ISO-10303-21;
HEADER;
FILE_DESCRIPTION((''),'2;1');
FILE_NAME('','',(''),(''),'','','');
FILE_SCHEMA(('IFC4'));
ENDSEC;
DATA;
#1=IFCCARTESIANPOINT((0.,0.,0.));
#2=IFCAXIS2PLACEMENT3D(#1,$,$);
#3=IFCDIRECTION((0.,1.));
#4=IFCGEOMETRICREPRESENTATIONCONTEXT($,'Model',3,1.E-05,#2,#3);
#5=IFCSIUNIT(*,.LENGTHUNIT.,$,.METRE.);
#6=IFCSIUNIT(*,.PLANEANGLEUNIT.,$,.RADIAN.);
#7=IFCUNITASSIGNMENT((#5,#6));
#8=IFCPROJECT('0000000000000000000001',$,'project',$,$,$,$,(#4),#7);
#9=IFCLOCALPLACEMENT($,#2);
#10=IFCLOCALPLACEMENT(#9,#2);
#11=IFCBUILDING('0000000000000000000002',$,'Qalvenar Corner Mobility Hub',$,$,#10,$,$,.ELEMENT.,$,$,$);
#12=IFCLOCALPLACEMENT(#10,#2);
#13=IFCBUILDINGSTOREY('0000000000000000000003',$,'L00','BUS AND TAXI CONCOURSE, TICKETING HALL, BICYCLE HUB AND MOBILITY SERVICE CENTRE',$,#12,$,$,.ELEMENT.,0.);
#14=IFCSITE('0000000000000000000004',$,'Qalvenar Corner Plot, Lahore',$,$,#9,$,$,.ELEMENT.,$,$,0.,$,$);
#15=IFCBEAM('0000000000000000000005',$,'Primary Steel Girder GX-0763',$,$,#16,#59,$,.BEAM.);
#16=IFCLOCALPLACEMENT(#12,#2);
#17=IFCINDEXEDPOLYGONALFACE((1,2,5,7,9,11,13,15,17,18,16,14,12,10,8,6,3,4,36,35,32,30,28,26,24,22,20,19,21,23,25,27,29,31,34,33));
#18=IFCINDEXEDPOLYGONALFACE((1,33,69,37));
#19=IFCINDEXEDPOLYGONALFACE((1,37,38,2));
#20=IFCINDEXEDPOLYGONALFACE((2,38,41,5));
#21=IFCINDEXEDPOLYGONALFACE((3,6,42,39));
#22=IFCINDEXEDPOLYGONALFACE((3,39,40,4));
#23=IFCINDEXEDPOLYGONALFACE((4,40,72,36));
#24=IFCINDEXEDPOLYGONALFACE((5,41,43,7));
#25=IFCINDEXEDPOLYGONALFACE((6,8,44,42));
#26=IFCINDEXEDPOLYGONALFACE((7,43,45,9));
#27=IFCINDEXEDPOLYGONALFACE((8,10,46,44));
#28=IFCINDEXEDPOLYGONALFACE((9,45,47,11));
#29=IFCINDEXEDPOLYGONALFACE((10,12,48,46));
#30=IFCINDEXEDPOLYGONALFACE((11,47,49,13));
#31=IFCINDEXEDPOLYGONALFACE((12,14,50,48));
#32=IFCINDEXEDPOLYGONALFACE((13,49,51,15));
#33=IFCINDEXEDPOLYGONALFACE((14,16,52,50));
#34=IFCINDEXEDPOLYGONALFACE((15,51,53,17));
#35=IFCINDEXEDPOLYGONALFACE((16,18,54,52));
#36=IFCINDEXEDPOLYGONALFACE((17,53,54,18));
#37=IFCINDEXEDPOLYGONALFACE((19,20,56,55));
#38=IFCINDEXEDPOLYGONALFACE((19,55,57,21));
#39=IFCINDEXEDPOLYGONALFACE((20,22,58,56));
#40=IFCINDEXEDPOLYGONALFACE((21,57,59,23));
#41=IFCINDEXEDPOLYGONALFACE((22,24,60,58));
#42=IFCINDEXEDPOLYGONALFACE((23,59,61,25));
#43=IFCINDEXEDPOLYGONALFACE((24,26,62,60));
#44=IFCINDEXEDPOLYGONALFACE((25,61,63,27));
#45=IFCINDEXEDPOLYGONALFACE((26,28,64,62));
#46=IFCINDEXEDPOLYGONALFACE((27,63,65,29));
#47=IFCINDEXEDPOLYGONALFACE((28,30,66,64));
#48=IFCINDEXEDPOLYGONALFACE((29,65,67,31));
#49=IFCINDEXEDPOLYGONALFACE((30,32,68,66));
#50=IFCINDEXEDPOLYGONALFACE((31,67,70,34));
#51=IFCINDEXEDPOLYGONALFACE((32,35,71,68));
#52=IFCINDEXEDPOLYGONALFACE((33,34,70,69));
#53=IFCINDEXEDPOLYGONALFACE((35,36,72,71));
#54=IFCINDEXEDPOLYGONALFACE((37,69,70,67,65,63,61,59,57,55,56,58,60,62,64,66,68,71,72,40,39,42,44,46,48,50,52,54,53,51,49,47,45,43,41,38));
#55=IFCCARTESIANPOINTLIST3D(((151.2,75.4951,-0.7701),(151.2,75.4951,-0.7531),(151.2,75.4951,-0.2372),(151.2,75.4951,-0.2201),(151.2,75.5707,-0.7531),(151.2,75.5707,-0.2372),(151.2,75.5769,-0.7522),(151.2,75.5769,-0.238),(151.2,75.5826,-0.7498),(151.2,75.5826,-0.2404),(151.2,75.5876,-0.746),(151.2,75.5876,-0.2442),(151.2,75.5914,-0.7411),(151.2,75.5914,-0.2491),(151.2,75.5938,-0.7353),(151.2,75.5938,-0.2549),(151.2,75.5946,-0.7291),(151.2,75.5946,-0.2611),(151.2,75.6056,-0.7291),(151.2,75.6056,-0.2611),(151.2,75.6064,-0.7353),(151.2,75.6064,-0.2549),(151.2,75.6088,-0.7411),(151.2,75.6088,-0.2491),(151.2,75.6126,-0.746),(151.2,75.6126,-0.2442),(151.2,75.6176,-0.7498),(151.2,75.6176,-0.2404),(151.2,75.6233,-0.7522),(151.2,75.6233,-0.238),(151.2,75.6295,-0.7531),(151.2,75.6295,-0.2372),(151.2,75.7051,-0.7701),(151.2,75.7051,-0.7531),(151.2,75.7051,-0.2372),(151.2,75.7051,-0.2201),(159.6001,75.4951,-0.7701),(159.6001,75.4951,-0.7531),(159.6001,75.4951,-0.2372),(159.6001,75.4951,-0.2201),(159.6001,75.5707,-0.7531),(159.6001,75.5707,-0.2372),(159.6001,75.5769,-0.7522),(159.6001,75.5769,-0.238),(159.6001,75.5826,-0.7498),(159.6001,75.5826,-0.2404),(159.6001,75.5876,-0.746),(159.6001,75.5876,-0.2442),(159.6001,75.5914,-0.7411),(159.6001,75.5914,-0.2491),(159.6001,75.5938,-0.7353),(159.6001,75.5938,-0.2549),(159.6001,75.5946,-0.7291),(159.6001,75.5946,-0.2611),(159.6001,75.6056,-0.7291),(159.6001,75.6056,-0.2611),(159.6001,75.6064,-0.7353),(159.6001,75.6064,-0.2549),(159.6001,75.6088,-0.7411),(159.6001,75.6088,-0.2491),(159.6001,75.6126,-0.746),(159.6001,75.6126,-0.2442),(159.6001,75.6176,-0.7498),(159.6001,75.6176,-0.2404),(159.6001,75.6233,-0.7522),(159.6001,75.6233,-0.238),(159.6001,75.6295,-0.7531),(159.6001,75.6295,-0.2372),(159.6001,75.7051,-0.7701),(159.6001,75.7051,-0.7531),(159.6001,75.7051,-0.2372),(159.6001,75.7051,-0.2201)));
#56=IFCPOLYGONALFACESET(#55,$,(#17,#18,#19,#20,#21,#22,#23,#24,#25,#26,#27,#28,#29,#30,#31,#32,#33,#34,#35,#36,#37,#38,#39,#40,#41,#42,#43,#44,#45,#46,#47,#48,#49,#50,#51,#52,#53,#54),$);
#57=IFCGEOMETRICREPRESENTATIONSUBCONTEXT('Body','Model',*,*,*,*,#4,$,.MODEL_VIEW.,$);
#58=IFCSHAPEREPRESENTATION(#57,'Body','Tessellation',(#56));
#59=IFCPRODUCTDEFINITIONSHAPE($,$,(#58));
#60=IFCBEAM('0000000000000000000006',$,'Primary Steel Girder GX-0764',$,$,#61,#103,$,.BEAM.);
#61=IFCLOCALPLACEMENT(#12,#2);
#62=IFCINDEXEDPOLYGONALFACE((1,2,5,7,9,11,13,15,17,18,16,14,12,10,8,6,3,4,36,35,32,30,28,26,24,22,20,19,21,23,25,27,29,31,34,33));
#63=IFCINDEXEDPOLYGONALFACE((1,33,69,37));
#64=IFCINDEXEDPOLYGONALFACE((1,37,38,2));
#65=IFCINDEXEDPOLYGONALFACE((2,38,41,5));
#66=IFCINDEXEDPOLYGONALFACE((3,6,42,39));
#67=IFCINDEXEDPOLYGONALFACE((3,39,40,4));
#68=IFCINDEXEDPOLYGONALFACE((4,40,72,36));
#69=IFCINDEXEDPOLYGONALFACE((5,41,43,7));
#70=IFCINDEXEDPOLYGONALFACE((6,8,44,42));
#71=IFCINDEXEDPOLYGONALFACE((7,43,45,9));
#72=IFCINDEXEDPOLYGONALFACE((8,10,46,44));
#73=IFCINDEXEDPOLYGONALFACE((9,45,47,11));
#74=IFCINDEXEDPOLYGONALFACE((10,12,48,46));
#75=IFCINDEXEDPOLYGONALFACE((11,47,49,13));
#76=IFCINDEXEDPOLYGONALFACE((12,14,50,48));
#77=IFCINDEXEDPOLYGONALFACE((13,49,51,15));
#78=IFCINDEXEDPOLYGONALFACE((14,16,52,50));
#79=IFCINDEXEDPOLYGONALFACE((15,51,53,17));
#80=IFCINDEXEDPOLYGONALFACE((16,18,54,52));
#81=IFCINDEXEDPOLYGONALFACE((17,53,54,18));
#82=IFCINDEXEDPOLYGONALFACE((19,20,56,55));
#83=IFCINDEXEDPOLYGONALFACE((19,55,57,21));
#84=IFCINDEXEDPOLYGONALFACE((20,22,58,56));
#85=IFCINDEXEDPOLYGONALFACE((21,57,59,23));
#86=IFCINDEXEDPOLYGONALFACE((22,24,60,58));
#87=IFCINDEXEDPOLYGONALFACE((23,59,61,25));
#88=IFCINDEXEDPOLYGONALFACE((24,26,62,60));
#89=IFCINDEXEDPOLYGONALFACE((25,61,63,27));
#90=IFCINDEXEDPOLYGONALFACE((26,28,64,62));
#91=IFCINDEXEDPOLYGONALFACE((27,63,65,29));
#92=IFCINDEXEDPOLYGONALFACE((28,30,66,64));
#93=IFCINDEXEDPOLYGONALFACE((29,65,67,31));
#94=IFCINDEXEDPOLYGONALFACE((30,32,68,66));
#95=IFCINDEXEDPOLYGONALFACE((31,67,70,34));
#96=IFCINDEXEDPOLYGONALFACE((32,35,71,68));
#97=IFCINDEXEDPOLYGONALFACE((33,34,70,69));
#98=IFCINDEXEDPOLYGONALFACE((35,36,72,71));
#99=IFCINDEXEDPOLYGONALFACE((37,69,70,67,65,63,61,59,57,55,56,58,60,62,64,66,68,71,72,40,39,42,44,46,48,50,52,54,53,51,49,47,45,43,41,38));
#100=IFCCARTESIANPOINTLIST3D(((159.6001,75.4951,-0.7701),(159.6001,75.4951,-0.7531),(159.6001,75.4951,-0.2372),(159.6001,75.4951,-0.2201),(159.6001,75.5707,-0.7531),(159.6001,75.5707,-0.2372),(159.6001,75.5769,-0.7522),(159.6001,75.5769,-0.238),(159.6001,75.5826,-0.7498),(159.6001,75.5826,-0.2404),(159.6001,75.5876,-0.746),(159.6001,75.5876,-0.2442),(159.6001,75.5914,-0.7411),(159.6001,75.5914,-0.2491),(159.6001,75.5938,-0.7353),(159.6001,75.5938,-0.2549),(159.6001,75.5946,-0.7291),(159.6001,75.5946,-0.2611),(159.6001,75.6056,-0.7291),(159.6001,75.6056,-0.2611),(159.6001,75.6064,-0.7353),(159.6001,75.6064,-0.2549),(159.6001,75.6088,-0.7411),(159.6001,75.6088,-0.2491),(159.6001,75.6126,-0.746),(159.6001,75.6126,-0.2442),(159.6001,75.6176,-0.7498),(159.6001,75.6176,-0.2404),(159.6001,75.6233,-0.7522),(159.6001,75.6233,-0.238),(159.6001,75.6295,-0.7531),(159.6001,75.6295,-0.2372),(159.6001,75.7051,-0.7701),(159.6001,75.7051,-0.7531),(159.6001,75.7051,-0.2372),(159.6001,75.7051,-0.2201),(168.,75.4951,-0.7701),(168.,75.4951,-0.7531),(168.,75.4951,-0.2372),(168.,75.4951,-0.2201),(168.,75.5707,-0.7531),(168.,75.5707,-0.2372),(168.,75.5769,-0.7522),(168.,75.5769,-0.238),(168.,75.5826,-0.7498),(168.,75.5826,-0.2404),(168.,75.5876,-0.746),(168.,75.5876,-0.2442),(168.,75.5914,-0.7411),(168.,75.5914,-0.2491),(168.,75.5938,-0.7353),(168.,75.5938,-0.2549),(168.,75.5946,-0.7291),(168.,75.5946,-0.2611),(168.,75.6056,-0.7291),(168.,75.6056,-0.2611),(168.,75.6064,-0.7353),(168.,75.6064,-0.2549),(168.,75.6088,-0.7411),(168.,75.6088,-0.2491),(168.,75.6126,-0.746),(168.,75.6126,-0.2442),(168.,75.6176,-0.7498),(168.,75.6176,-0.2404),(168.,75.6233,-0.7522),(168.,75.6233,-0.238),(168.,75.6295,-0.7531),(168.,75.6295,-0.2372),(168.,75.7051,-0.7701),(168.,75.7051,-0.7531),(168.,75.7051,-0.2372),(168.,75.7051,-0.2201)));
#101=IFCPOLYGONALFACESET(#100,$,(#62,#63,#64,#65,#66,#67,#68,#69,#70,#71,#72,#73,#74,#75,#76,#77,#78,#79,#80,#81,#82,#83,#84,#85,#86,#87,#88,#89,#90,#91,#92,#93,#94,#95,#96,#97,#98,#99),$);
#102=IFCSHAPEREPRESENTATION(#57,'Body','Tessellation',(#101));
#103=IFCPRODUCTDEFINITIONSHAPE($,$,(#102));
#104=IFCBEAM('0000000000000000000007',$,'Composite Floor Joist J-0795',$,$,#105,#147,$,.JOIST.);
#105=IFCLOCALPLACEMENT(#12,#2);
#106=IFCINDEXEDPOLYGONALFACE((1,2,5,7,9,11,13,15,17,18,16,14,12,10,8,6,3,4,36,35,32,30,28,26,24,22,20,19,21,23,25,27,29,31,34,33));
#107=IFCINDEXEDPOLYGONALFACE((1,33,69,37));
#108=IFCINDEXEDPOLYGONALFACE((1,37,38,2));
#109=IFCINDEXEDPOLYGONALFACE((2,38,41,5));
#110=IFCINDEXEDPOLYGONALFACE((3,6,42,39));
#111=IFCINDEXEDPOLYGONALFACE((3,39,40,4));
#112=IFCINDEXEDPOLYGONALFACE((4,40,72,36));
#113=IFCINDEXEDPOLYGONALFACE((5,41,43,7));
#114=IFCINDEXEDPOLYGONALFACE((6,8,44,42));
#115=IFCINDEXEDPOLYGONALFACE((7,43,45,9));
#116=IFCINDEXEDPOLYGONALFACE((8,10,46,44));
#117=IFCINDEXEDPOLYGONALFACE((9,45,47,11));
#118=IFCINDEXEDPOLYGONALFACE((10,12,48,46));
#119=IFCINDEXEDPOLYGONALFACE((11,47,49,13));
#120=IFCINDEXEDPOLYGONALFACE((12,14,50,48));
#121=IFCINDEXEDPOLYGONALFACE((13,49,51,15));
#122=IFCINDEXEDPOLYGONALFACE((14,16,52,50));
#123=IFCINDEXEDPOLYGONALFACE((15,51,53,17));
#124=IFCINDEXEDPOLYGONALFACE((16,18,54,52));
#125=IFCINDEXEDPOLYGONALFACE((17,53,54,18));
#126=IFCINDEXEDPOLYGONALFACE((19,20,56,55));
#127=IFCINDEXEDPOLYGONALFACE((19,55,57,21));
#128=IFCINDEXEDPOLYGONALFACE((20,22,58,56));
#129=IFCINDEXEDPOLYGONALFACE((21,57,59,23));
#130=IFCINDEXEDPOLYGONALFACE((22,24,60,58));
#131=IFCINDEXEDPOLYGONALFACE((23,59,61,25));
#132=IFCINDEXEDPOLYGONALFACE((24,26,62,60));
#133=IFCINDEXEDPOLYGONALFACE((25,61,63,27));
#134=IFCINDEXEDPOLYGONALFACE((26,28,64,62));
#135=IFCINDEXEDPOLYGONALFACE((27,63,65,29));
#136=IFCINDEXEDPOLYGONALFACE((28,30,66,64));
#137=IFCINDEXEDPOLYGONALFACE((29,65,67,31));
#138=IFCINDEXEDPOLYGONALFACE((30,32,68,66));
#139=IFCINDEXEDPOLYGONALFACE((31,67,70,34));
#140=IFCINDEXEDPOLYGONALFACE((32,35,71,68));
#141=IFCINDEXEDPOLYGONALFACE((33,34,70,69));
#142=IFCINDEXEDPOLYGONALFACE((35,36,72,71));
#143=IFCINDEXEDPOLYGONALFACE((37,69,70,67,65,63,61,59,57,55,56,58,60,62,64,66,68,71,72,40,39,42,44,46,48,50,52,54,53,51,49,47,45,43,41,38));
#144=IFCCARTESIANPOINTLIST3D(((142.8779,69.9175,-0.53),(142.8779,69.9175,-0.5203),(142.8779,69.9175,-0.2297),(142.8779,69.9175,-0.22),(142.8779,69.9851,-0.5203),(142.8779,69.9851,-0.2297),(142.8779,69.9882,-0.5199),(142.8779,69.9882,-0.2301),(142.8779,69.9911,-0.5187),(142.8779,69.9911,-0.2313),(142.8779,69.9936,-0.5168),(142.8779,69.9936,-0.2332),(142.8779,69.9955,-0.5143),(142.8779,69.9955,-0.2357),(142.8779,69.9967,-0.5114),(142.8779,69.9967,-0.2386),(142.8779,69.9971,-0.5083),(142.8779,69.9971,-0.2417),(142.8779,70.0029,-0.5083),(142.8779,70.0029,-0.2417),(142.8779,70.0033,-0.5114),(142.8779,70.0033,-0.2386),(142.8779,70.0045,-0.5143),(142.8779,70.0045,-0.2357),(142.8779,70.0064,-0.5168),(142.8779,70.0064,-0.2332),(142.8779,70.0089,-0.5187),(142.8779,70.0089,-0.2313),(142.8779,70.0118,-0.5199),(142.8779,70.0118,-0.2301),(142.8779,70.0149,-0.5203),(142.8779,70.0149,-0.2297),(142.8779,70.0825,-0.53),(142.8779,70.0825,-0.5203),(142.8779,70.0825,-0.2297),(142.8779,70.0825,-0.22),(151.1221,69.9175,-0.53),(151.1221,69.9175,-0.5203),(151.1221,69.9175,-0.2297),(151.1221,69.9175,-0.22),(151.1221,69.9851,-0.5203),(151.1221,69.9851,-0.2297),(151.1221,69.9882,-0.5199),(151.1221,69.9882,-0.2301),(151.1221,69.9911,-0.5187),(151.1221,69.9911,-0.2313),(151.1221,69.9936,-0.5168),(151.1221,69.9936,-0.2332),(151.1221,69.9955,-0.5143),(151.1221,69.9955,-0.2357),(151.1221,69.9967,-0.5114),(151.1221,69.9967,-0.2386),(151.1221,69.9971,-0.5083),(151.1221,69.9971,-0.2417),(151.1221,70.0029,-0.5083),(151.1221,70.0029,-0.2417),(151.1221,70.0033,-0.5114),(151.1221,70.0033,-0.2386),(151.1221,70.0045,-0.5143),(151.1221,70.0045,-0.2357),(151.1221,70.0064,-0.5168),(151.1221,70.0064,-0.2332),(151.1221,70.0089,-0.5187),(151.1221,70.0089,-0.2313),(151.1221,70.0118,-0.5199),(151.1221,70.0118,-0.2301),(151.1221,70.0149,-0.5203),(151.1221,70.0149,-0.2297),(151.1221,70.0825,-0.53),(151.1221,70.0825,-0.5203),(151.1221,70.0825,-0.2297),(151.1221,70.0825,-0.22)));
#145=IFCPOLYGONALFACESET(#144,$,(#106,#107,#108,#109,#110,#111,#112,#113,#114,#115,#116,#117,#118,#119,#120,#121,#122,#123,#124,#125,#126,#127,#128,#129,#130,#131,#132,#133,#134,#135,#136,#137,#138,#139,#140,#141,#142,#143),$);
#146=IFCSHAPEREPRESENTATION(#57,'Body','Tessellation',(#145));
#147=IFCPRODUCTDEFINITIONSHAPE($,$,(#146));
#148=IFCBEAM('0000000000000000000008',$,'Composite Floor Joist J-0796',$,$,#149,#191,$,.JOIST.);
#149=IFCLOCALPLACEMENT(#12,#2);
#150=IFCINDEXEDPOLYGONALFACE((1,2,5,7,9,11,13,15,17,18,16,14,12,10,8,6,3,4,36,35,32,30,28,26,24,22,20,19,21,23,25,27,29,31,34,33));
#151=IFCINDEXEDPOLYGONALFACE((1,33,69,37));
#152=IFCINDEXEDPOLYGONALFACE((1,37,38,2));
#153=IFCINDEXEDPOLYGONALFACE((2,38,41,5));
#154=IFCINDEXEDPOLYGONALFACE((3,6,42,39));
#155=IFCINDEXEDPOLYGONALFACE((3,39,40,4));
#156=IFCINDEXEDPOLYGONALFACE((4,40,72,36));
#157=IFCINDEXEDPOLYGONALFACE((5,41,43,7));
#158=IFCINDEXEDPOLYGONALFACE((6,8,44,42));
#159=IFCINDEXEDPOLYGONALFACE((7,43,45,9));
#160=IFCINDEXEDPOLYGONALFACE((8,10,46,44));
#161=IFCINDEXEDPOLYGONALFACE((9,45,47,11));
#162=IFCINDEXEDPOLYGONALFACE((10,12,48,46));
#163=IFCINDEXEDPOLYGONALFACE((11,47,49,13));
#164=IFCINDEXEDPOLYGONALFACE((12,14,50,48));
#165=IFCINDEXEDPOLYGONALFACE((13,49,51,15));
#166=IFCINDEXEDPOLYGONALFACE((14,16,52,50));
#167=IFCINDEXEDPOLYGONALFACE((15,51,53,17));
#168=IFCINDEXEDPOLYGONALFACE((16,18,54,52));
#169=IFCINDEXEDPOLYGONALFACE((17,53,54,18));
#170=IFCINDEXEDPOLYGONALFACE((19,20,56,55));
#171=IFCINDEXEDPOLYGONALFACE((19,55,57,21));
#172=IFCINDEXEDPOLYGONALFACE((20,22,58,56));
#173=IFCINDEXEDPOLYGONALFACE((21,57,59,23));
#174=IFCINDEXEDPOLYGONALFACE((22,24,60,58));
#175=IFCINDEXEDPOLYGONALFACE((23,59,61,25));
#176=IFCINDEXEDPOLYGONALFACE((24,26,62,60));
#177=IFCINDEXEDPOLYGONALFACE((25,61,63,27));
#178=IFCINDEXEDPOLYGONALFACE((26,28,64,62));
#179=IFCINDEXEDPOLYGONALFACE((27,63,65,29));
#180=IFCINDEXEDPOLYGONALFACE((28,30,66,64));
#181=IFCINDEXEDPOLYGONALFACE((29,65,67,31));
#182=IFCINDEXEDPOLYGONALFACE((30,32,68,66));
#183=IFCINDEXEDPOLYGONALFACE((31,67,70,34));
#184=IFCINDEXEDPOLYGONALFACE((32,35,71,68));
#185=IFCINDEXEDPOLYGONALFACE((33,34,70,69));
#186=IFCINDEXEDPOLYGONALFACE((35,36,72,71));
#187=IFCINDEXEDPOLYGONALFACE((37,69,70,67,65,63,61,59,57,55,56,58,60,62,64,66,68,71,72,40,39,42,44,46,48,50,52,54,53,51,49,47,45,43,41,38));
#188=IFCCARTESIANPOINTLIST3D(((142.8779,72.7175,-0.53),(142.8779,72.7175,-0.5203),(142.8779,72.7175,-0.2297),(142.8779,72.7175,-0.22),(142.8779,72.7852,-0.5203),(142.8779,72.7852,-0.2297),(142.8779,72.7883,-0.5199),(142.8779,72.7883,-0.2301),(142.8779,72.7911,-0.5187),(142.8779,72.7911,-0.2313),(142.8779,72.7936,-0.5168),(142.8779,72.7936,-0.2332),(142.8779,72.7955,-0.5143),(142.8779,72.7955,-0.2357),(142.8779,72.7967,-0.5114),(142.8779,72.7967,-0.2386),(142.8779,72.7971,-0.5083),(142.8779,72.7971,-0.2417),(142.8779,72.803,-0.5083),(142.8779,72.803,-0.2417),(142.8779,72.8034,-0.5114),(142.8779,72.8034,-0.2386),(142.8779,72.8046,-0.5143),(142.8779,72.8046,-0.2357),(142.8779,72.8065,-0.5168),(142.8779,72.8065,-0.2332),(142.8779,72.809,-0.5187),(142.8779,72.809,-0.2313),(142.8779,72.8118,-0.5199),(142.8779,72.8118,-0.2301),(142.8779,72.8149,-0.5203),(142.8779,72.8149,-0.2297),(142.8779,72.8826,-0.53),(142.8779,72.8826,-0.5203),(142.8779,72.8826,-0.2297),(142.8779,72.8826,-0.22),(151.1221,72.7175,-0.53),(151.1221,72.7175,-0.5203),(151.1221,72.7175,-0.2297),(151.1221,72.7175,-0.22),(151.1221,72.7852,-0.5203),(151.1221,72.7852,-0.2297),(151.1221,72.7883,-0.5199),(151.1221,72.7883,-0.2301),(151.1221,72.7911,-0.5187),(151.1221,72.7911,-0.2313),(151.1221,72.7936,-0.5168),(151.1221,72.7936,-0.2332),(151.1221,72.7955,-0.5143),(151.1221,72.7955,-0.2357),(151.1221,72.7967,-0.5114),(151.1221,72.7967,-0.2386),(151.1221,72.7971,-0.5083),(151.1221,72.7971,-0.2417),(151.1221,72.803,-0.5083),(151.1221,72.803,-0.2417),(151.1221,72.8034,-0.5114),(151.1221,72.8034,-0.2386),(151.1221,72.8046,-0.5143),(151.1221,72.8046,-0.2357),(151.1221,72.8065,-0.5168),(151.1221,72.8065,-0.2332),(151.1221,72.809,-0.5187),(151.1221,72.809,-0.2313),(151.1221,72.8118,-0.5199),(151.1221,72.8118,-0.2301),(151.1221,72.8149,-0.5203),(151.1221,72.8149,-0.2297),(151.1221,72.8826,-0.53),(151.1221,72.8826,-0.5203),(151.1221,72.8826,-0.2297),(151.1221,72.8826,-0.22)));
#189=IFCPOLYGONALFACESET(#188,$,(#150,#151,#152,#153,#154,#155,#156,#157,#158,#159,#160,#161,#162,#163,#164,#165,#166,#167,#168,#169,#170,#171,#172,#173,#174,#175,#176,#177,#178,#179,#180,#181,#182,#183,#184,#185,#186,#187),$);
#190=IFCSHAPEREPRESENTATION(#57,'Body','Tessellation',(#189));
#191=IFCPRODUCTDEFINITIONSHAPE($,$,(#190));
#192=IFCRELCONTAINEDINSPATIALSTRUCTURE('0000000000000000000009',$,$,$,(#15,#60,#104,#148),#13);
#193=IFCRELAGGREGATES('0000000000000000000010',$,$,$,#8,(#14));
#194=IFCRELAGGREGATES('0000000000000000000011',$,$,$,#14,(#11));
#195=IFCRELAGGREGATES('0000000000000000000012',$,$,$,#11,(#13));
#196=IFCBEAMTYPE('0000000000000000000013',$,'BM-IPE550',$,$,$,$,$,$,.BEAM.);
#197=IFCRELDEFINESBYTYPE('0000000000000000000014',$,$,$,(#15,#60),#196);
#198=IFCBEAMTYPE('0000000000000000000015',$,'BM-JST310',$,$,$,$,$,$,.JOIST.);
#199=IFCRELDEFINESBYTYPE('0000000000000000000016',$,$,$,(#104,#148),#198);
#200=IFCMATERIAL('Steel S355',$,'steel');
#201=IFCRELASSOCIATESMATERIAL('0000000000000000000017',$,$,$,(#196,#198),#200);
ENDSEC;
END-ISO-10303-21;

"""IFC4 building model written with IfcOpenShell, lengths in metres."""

from ifc_helpers import new_model, si_unit, direction, frame, origin, origin_2d, place, context, subcontext, project, spatial, i_section, extrude, material, material_profile, profile_set, type_object, element, save


model = new_model("IFC4")

# Units and contexts
model_context = context("Model", 3, precision=1e-05, world=origin(), true_north=direction((0.0, 1.0)))
body_context = subcontext(model_context, "Body", "Model", "MODEL_VIEW")
ifc_project = project(units=[si_unit("LENGTHUNIT", "METRE"), si_unit("PLANEANGLEUNIT", "RADIAN")], contexts=[model_context])

# Site, building, storey
site_placement = place(None, origin())
site = spatial("IfcSite", under=ifc_project, at=site_placement, Name="Qalvenar Corner Plot, Lahore", CompositionType="ELEMENT", RefElevation=0.0)
building_placement = place(site_placement, origin())
building = spatial("IfcBuilding", under=site, at=building_placement, Name="Qalvenar Corner Mobility Hub", CompositionType="ELEMENT")
storey_placement = place(building_placement, origin())
storey = spatial("IfcBuildingStorey", under=building, at=storey_placement, Name="L00", Description="BUS AND TAXI CONCOURSE, TICKETING HALL, BICYCLE HUB AND MOBILITY SERVICE CENTRE", CompositionType="ELEMENT", Elevation=0.0)

# Shared definitions
ifc_material_1 = material(Name="Steel S355", Category="steel")

# Beams
ifc_material_profile_1 = material_profile(ifc_material_1, i_section(OverallWidth=0.21, OverallDepth=0.55, WebThickness=0.011, FlangeThickness=0.0171, FilletRadius=0.0239, at=origin_2d()), Name="IPE550")
ifc_profile_set_1 = profile_set([ifc_material_profile_1], Name="Steel S355")
beam_type_1 = type_object("IfcBeamType", Name="BM-IPE550", PredefinedType="BEAM", material=ifc_profile_set_1)
beam_1_placement = place(storey_placement, frame((151.2, 75.6001, -0.4951), z_axis=(1.0, 0.0, 0.0), x_axis=(0.0, 1.0, 0.0)))
element("IfcBeam", 1, at=beam_1_placement, inside=storey, type_object=beam_type_1, Name="Primary Steel Girder GX-0763", PredefinedType="BEAM", context=body_context, shape_type="SweptSolid", body=[
    extrude(i_section(OverallWidth=0.21, OverallDepth=0.55, WebThickness=0.011, FlangeThickness=0.0171, FilletRadius=0.0239, at=origin_2d()), origin(), (0.0, 0.0, 1.0), 8.4001),
])
beam_2_placement = place(storey_placement, frame((159.6001, 75.6001, -0.4951), z_axis=(1.0, 0.0, 0.0), x_axis=(0.0, 1.0, 0.0)))
element("IfcBeam", 2, at=beam_2_placement, inside=storey, type_object=beam_type_1, Name="Primary Steel Girder GX-0764", PredefinedType="BEAM", context=body_context, shape_type="SweptSolid", body=[
    extrude(i_section(OverallWidth=0.21, OverallDepth=0.55, WebThickness=0.011, FlangeThickness=0.0171, FilletRadius=0.0239, at=origin_2d()), origin(), (0.0, 0.0, 1.0), 8.3999),
])
ifc_material_profile_2 = material_profile(ifc_material_1, i_section(OverallWidth=0.165, OverallDepth=0.3101, WebThickness=0.0059, FlangeThickness=0.0098, FilletRadius=0.012, at=origin_2d()), Name="W310x38.7")
ifc_profile_set_2 = profile_set([ifc_material_profile_2], Name="Steel S355")
beam_type_2 = type_object("IfcBeamType", Name="BM-JST310", PredefinedType="JOIST", material=ifc_profile_set_2)
for number, where, z_axis, x_axis, name in (
    (3, (142.8779, 70.0, -0.375), (1.0, 0.0, 0.0), (0.0, 1.0, 0.0), "Composite Floor Joist J-0795"),
    (4, (142.8779, 72.8, -0.375), (1.0, 0.0, 0.0), (0.0, 1.0, 0.0), "Composite Floor Joist J-0796"),
):
    element("IfcBeam", number, at=place(storey_placement, frame(where, z_axis=z_axis, x_axis=x_axis)), inside=storey, type_object=beam_type_2, Name=name, PredefinedType="JOIST", context=body_context, shape_type="SweptSolid", body=[
        extrude(i_section(OverallWidth=0.165, OverallDepth=0.3101, WebThickness=0.0059, FlangeThickness=0.0098, FilletRadius=0.012, at=origin_2d()), origin(), (0.0, 0.0, 1.0), 8.2441),
    ])

save(model, "model.ifc")
